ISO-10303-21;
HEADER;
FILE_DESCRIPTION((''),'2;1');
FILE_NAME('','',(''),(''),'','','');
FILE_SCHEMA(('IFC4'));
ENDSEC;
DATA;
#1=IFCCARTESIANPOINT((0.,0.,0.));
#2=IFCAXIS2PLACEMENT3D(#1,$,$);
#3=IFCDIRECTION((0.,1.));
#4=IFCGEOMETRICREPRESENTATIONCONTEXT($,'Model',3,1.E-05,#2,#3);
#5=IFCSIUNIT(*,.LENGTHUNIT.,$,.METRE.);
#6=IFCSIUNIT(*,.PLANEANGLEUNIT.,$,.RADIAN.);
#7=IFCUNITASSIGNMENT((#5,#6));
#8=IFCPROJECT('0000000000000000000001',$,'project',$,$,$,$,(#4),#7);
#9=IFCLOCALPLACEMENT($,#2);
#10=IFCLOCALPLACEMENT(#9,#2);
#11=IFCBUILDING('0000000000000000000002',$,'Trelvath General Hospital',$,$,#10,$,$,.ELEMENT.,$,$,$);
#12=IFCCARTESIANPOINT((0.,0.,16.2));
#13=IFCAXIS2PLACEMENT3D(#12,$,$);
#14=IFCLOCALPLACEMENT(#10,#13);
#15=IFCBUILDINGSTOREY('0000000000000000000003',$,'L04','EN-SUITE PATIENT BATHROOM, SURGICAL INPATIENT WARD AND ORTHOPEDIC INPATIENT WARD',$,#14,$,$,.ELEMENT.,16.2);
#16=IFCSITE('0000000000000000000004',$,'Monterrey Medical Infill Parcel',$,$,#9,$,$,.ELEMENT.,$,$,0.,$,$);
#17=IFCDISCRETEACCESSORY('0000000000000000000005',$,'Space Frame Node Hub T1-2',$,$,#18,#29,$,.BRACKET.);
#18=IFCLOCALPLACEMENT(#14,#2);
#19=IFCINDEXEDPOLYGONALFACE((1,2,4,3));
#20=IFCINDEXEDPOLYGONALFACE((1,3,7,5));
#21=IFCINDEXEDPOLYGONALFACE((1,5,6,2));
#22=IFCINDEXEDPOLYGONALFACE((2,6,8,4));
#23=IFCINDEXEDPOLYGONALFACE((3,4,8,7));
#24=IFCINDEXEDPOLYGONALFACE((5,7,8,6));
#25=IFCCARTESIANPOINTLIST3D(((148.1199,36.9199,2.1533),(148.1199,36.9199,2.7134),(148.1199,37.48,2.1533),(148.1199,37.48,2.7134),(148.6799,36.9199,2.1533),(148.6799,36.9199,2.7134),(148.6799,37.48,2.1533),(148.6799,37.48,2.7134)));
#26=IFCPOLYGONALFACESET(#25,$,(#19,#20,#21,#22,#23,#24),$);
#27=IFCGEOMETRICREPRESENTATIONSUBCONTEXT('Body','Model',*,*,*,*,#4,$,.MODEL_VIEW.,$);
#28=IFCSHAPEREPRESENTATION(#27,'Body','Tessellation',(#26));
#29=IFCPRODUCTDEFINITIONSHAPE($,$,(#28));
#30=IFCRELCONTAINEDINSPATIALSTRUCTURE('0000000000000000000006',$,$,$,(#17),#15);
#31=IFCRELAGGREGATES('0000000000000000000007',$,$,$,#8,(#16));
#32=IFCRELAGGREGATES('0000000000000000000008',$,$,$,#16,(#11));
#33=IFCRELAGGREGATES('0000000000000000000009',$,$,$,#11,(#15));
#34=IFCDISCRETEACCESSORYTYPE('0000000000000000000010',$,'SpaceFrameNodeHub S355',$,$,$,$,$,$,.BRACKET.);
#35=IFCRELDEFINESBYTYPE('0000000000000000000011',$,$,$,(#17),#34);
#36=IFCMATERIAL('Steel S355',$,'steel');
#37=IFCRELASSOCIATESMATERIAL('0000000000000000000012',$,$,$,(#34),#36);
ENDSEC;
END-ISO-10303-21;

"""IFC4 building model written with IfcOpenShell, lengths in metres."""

from ifc_helpers import new_model, si_unit, direction, frame, origin, origin_2d, place, context, subcontext, project, spatial, rectangle, extrude, material, type_object, element, save


model = new_model("IFC4")

# Units and contexts
model_context = context("Model", 3, precision=1e-05, world=origin(), true_north=direction((0.0, 1.0)))
body_context = subcontext(model_context, "Body", "Model", "MODEL_VIEW")
ifc_project = project(units=[si_unit("LENGTHUNIT", "METRE"), si_unit("PLANEANGLEUNIT", "RADIAN")], contexts=[model_context])

# Site, building, storey
site_placement = place(None, origin())
site = spatial("IfcSite", under=ifc_project, at=site_placement, Name="Monterrey Medical Infill Parcel", CompositionType="ELEMENT", RefElevation=0.0)
building_placement = place(site_placement, origin())
building = spatial("IfcBuilding", under=site, at=building_placement, Name="Trelvath General Hospital", CompositionType="ELEMENT")
storey_placement = place(building_placement, frame((0.0, 0.0, 16.2)))
storey = spatial("IfcBuildingStorey", under=building, at=storey_placement, Name="L04", Description="EN-SUITE PATIENT BATHROOM, SURGICAL INPATIENT WARD AND ORTHOPEDIC INPATIENT WARD", CompositionType="ELEMENT", Elevation=16.2)

# Discrete accessory
ifc_material_1 = material(Name="Steel S355", Category="steel")
discrete_accessory_type = type_object("IfcDiscreteAccessoryType", Name="SpaceFrameNodeHub S355", PredefinedType="BRACKET", material=ifc_material_1)
for number, where, z_axis, x_axis, name in (
    (1, (148.3999, 37.2, 2.1533), (0.0, 0.0, 1.0), (1.0, 0.0, 0.0), "Space Frame Node Hub T1-2"),
):
    element("IfcDiscreteAccessory", number, at=place(storey_placement, frame(where, z_axis=z_axis, x_axis=x_axis)), inside=storey, type_object=discrete_accessory_type, Name=name, PredefinedType="BRACKET", context=body_context, shape_type="SweptSolid", body=[
        extrude(rectangle(XDim=0.5601, YDim=0.5601, at=origin_2d()), origin(), (0.0, 0.0, 1.0), 0.5601),
    ])

save(model, "model.ifc")
